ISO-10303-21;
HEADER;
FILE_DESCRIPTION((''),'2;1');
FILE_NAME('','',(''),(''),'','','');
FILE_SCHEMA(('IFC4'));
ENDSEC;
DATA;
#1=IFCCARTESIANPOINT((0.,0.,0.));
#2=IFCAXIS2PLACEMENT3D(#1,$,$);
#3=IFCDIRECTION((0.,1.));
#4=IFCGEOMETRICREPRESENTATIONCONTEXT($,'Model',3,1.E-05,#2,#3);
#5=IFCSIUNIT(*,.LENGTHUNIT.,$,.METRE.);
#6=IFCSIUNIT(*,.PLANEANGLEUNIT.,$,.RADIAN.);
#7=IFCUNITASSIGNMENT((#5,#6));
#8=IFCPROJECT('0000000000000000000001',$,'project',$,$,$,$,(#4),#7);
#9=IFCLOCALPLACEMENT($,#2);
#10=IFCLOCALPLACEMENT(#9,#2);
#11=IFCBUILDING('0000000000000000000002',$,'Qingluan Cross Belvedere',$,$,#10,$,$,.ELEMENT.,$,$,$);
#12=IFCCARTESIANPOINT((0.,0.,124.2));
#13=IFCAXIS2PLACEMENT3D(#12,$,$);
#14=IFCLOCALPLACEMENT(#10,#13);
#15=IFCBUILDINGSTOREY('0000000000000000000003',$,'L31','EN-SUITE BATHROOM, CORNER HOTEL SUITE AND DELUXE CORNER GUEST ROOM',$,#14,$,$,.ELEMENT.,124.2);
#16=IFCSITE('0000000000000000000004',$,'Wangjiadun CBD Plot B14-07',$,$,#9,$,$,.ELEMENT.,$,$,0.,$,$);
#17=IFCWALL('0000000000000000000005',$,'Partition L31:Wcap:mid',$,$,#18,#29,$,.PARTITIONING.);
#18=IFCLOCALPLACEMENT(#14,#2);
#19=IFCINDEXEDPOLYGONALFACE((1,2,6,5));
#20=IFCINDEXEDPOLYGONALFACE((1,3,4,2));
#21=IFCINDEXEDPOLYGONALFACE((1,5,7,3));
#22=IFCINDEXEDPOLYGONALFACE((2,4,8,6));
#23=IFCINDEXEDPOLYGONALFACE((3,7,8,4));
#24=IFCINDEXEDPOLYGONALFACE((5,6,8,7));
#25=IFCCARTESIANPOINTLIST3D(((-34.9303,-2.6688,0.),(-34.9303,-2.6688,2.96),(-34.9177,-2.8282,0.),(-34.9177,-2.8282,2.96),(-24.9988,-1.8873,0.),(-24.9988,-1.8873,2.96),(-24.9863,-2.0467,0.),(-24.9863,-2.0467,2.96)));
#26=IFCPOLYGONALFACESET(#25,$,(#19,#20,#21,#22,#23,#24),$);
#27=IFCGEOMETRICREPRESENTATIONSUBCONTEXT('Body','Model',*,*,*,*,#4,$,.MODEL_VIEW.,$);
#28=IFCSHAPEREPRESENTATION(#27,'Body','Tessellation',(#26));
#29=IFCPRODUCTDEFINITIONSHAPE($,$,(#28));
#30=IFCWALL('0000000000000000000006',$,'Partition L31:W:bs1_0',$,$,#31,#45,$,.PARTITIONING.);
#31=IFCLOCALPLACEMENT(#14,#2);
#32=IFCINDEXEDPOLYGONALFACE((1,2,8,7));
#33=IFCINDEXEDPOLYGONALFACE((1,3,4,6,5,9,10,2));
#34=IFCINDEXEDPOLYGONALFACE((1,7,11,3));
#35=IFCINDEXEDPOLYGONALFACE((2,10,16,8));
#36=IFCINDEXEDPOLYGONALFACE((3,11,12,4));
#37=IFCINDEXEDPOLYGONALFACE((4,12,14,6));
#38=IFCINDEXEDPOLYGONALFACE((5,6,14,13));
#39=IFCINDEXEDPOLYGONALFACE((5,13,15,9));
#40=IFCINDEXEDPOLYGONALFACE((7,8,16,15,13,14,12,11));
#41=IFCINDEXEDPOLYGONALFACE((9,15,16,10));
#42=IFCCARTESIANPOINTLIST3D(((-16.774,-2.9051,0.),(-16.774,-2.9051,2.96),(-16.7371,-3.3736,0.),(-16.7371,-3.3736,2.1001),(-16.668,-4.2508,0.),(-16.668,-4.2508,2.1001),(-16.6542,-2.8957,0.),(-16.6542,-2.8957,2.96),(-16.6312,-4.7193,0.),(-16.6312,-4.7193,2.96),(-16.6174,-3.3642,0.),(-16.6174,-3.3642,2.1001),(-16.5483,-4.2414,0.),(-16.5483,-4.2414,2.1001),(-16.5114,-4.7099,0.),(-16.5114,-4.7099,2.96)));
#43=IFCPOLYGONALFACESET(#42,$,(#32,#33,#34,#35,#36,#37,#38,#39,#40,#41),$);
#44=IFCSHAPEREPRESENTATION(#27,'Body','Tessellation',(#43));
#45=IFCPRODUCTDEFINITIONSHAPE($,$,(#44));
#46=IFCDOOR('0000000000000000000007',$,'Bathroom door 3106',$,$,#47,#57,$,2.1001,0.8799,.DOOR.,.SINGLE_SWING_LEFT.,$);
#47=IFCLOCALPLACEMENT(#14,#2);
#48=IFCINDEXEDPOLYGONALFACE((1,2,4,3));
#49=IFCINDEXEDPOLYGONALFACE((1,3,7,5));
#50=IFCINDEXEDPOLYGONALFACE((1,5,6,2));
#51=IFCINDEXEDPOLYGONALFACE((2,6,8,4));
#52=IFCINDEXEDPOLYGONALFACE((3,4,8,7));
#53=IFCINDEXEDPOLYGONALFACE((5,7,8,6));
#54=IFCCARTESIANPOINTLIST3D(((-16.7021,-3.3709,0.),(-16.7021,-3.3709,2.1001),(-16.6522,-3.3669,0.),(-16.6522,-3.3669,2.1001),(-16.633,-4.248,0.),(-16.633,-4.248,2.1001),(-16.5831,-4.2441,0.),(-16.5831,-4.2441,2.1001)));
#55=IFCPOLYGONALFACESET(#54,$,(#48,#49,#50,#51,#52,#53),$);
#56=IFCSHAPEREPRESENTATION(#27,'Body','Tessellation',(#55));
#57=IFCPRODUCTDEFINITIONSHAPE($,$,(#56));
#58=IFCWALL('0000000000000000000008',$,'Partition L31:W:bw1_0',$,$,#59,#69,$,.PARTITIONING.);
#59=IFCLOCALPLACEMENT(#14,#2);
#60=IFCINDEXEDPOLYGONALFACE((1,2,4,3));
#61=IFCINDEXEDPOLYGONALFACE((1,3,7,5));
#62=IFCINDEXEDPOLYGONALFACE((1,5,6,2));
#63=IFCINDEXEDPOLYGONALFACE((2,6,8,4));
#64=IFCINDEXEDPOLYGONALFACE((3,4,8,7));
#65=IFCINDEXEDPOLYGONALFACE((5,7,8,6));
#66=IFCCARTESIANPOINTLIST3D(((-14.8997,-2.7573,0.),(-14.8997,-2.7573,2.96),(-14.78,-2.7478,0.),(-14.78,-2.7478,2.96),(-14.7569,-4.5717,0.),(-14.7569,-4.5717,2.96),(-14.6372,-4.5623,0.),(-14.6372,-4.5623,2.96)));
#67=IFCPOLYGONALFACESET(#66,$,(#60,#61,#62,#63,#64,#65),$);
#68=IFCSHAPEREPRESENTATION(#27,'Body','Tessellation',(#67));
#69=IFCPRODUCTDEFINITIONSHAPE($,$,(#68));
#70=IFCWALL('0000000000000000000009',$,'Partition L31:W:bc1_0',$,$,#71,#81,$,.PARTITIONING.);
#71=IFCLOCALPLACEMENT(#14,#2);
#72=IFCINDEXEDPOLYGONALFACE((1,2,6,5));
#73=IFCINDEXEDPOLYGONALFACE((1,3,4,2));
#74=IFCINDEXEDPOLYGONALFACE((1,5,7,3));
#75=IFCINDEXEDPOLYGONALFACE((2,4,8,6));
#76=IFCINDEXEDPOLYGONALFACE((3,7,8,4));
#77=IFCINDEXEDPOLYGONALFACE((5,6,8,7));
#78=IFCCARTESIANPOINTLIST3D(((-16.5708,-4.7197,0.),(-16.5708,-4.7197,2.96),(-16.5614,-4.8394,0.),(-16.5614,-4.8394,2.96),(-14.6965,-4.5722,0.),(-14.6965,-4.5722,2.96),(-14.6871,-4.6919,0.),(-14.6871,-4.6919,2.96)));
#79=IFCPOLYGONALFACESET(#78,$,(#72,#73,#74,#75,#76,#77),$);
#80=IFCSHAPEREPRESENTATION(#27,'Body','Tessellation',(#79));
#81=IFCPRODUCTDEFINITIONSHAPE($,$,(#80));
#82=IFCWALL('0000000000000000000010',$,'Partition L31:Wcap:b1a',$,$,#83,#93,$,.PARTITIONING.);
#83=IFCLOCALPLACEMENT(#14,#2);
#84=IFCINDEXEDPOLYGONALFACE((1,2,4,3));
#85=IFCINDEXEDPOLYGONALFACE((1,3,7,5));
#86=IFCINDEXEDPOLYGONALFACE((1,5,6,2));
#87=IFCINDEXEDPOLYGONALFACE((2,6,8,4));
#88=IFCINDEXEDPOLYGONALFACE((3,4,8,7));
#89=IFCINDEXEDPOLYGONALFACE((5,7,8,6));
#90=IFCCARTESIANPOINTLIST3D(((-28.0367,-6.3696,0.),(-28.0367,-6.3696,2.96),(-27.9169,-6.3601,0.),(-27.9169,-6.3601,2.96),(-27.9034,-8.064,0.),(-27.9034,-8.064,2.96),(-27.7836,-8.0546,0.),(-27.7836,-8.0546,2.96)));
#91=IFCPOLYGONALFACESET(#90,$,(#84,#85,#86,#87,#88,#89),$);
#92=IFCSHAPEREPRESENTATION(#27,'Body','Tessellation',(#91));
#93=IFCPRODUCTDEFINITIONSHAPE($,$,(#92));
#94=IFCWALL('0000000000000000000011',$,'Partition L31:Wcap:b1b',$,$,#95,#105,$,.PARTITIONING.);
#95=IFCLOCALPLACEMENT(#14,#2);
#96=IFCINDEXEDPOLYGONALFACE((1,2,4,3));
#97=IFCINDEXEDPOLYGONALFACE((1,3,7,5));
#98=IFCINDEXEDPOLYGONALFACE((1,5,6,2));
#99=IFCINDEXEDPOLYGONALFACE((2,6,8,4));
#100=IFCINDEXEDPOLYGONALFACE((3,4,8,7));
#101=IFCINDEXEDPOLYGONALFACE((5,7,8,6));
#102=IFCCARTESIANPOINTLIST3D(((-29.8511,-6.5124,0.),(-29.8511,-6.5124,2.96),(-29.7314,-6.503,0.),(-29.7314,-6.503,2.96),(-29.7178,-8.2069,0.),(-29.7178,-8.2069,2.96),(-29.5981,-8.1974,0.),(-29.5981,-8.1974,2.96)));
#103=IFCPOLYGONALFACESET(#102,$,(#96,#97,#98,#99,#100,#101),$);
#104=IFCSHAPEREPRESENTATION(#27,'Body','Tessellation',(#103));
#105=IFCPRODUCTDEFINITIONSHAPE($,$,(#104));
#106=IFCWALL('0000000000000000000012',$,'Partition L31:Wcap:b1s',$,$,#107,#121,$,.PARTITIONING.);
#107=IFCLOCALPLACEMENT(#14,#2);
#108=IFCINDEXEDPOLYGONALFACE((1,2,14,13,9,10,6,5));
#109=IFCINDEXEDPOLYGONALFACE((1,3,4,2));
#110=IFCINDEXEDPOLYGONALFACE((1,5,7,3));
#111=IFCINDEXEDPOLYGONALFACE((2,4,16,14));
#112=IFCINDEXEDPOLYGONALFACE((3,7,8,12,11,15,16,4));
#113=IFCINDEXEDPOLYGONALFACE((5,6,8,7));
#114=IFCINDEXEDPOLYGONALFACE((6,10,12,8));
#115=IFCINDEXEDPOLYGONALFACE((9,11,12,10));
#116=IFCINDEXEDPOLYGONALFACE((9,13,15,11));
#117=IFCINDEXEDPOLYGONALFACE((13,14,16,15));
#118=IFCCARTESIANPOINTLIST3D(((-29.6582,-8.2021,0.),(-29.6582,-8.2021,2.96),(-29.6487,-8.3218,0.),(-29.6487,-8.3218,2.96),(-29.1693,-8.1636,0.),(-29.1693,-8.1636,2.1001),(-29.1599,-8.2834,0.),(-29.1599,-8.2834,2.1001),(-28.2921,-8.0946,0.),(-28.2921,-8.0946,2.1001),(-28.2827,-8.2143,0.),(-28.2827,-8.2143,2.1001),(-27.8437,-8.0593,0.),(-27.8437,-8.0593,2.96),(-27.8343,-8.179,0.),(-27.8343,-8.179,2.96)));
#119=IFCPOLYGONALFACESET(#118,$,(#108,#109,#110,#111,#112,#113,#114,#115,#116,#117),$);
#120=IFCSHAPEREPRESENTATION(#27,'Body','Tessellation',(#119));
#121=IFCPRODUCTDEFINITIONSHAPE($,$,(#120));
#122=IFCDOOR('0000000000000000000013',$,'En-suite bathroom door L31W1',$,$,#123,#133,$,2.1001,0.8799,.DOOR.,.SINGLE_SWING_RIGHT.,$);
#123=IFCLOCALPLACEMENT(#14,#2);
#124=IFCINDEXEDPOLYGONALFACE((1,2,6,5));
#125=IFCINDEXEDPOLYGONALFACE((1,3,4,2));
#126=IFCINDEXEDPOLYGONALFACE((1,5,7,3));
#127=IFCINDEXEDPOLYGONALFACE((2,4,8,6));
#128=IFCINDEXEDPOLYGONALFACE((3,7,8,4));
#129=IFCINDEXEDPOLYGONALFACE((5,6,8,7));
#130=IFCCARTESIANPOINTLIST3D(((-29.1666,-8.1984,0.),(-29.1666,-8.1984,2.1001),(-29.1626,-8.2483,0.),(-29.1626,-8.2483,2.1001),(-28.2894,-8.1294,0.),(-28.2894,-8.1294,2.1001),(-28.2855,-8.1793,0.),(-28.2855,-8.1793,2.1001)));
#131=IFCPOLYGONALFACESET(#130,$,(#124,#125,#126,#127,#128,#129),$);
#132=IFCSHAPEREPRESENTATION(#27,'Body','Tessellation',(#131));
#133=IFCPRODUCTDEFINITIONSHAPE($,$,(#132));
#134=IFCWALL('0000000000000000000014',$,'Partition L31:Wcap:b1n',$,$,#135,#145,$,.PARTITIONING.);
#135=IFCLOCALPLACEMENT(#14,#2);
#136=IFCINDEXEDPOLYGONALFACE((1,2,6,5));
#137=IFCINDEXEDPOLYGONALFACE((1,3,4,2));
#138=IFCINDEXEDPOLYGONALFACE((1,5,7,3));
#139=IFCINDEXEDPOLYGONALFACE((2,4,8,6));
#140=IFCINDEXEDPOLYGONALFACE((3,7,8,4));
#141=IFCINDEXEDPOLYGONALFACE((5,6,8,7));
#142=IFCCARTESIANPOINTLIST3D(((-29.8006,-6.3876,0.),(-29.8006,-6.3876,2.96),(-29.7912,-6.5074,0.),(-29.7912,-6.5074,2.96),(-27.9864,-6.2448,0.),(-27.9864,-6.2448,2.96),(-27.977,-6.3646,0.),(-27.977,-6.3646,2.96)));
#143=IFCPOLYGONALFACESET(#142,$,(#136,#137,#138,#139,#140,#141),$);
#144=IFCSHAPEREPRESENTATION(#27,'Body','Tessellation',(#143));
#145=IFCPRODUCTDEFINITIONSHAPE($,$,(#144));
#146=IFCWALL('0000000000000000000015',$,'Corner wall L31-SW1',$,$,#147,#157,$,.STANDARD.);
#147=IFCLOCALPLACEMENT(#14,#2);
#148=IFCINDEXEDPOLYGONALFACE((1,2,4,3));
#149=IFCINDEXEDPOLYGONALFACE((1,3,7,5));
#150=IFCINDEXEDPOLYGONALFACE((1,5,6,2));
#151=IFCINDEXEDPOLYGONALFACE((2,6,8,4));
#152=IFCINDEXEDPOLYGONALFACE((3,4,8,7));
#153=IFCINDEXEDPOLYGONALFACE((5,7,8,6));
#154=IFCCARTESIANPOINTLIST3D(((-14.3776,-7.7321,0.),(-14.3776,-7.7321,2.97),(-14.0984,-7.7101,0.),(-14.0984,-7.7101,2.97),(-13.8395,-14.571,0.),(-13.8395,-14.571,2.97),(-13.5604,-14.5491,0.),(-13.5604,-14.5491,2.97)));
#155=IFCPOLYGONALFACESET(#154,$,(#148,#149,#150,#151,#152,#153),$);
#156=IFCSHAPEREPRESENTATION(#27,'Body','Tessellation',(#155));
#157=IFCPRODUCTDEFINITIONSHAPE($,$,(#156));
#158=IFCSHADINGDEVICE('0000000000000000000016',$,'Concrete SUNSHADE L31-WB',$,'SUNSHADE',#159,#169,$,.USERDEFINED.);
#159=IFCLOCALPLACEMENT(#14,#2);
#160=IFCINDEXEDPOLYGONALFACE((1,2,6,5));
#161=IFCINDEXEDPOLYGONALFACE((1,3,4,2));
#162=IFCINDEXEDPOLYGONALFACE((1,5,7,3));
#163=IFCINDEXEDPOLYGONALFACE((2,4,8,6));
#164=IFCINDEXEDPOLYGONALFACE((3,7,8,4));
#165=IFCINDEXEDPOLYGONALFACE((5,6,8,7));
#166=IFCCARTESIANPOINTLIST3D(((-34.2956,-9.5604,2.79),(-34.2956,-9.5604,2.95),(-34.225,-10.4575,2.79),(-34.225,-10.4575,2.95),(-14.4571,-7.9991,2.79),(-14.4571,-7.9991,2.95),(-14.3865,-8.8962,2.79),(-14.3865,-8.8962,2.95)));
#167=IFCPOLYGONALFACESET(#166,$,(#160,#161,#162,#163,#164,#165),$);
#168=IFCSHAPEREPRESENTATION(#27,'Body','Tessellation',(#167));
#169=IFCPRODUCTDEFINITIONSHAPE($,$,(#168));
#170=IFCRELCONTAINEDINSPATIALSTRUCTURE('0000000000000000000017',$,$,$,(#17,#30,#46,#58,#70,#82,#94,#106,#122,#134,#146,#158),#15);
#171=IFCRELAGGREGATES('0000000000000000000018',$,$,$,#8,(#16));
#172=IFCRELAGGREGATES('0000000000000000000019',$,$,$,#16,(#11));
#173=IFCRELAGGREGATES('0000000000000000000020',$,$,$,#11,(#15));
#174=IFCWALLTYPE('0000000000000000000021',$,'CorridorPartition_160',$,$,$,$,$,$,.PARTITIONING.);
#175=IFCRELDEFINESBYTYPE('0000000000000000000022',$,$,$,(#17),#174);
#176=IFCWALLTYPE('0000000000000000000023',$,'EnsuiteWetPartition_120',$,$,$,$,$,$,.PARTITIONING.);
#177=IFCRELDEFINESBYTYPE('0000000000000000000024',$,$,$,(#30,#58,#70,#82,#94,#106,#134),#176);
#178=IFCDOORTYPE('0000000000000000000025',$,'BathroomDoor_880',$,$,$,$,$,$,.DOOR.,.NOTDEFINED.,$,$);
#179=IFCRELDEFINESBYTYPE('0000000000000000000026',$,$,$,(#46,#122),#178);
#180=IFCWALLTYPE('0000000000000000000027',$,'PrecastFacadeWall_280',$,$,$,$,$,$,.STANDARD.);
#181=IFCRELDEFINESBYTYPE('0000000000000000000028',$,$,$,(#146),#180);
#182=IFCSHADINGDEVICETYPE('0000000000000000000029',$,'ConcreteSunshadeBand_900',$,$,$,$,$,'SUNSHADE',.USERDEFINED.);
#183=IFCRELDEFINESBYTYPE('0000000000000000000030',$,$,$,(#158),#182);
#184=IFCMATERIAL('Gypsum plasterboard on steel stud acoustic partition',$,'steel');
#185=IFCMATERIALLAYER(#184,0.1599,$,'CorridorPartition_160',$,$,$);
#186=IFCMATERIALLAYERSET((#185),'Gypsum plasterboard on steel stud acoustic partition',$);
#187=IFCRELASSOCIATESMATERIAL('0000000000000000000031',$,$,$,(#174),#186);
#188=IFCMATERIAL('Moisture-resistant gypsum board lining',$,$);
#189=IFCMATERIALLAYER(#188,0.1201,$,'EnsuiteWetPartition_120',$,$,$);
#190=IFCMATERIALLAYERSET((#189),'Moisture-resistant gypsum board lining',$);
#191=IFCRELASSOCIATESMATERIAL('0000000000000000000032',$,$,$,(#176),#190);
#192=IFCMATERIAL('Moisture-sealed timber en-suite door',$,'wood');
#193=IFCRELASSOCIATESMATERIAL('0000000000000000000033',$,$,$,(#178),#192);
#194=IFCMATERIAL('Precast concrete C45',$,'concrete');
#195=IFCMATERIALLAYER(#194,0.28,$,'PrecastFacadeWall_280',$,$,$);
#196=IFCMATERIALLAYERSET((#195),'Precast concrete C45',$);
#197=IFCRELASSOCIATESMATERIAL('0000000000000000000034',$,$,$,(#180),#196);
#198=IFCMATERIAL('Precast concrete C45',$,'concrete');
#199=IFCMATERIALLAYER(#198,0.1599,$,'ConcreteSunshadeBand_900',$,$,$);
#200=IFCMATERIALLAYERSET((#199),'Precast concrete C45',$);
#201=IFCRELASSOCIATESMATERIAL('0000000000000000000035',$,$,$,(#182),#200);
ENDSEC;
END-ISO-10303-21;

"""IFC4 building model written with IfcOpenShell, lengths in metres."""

from ifc_helpers import new_model, si_unit, direction, frame, frame_2d, origin, origin_2d, place, context, subcontext, project, spatial, rectangle, extrude, material, layer, layer_set, type_object, element, fill, save


model = new_model("IFC4")

# Units and contexts
model_context = context("Model", 3, precision=1e-05, world=origin(), true_north=direction((0.0, 1.0)))
body_context = subcontext(model_context, "Body", "Model", "MODEL_VIEW")
ifc_project = project(units=[si_unit("LENGTHUNIT", "METRE"), si_unit("PLANEANGLEUNIT", "RADIAN")], contexts=[model_context])

# Site, building, storey
site_placement = place(None, origin())
site = spatial("IfcSite", under=ifc_project, at=site_placement, Name="Wangjiadun CBD Plot B14-07", CompositionType="ELEMENT", RefElevation=0.0)
building_placement = place(site_placement, origin())
building = spatial("IfcBuilding", under=site, at=building_placement, Name="Qingluan Cross Belvedere", CompositionType="ELEMENT")
storey_placement = place(building_placement, frame((0.0, 0.0, 124.2)))
storey = spatial("IfcBuildingStorey", under=building, at=storey_placement, Name="L31", Description="EN-SUITE BATHROOM, CORNER HOTEL SUITE AND DELUXE CORNER GUEST ROOM", CompositionType="ELEMENT", Elevation=124.2)

# Shared definitions
ifc_material_1 = material(Name="Gypsum plasterboard on steel stud acoustic partition", Category="steel")
ifc_layer_1 = layer(ifc_material_1, 0.1599, Name="CorridorPartition_160")
ifc_layer_set_1 = layer_set([ifc_layer_1], Name="Gypsum plasterboard on steel stud acoustic partition")
wall_type_1 = type_object("IfcWallType", Name="CorridorPartition_160", PredefinedType="PARTITIONING", material=ifc_layer_set_1)

# Wall
wall_1_placement = place(storey_placement, frame((-24.9927, -1.967, 0.0), z_axis=(0.0, 0.0, 1.0), x_axis=(-0.996918, -0.078447, 0.0)))
element("IfcWall", 1, at=wall_1_placement, inside=storey, type_object=wall_type_1, Name="Partition L31:Wcap:mid", PredefinedType="PARTITIONING", context=body_context, shape_type="SweptSolid", body=[
    extrude(rectangle(XDim=9.9622, YDim=0.1599, at=frame_2d((4.981, 0.0))), origin(), (0.0, 0.0, 1.0), 2.96),
])

# Wall, opening, door
ifc_material_2 = material(Name="Moisture-resistant gypsum board lining")
ifc_layer_2 = layer(ifc_material_2, 0.1201, Name="EnsuiteWetPartition_120")
ifc_layer_set_2 = layer_set([ifc_layer_2], Name="Moisture-resistant gypsum board lining")
wall_type_2 = type_object("IfcWallType", Name="EnsuiteWetPartition_120", PredefinedType="PARTITIONING", material=ifc_layer_set_2)
wall_2_placement = place(storey_placement, frame((-16.5713, -4.7146, 0.0), z_axis=(0.0, 0.0, 1.0), x_axis=(-0.078481, 0.996916, 0.0)))
wall_2 = element("IfcWall", 2, at=wall_2_placement, inside=storey, type_object=wall_type_2, Name="Partition L31:W:bs1_0", PredefinedType="PARTITIONING", context=body_context, shape_type="SweptSolid", body=[
    extrude(rectangle(XDim=1.8198, YDim=0.1201, at=frame_2d((0.9099, 0.0))), origin(), (0.0, 0.0, 1.0), 2.96),
])
opening_1_placement = place(wall_2_placement, frame((0.47, 0.0, 0.0)))
opening_1 = element("IfcOpeningElement", 3, at=opening_1_placement, cuts=wall_2, PredefinedType="OPENING", context=body_context, shape_type="SweptSolid", body=[
    extrude(rectangle(XDim=0.8799, YDim=2.1001, at=frame_2d((0.4399, 1.05))), frame((0.0, 0.0701, 0.0), z_axis=(0.0, -1.0, 0.0), x_axis=(1.0, 0.0, 0.0)), (0.0, 0.0, 1.0), 0.1401),
])
ifc_material_3 = material(Name="Moisture-sealed timber en-suite door", Category="wood")
door_type_1 = type_object("IfcDoorType", Name="BathroomDoor_880", OperationType="NOTDEFINED", PredefinedType="DOOR", material=ifc_material_3)
door_1_placement = place(opening_1_placement, origin())
door_1 = element("IfcDoor", 4, at=door_1_placement, inside=storey, type_object=door_type_1, Name="Bathroom door 3106", OperationType="SINGLE_SWING_LEFT", OverallHeight=2.1001, OverallWidth=0.8799, PredefinedType="DOOR", context=body_context, shape_type="SweptSolid", body=[
    extrude(rectangle(XDim=0.8799, YDim=2.1001, at=frame_2d((0.4399, 1.05))), frame((0.0, 0.0249, 0.0), z_axis=(0.0, -1.0, 0.0), x_axis=(1.0, 0.0, 0.0)), (0.0, 0.0, 1.0), 0.05),
])
fill(opening_1, door_1)

# Walls
wall_3_placement = place(storey_placement, frame((-14.697, -4.5671, 0.0), z_axis=(0.0, 0.0, 1.0), x_axis=(-0.078471, 0.996916, 0.0)))
element("IfcWall", 5, at=wall_3_placement, inside=storey, type_object=wall_type_2, Name="Partition L31:W:bw1_0", PredefinedType="PARTITIONING", context=body_context, shape_type="SweptSolid", body=[
    extrude(rectangle(XDim=1.8201, YDim=0.1201, at=frame_2d((0.9102, 0.0))), origin(), (0.0, 0.0, 1.0), 2.96),
])
wall_4_placement = place(storey_placement, frame((-14.6919, -4.6321, 0.0), z_axis=(0.0, 0.0, 1.0), x_axis=(-0.996919, -0.078434, 0.0)))
element("IfcWall", 6, at=wall_4_placement, inside=storey, type_object=wall_type_2, Name="Partition L31:W:bc1_0", PredefinedType="PARTITIONING", context=body_context, shape_type="SweptSolid", body=[
    extrude(rectangle(XDim=1.8801, YDim=0.1201, at=frame_2d((0.9399, 0.0))), origin(), (0.0, 0.0, 1.0), 2.96),
])
for number, where, z_axis, x_axis, name in (
    (7, (-27.8435, -8.0593, 0.0), (0.0, 0.0, 1.0), (-0.078421, 0.99692, 0.0), "Partition L31:Wcap:b1a"),
    (8, (-29.658, -8.2021, 0.0), (0.0, 0.0, 1.0), (-0.078421, 0.99692, 0.0), "Partition L31:Wcap:b1b"),
):
    element("IfcWall", number, at=place(storey_placement, frame(where, z_axis=z_axis, x_axis=x_axis)), inside=storey, type_object=wall_type_2, Name=name, PredefinedType="PARTITIONING", context=body_context, shape_type="SweptSolid", body=[
        extrude(rectangle(XDim=1.6997, YDim=0.1201, at=frame_2d((0.8499, 0.0))), origin(), (0.0, 0.0, 1.0), 2.96),
    ])

# Wall, opening, door
wall_5_placement = place(storey_placement, frame((-27.8389, -8.1191, 0.0), z_axis=(0.0, 0.0, 1.0), x_axis=(-0.996916, -0.078471, 0.0)))
wall_5 = element("IfcWall", 9, at=wall_5_placement, inside=storey, type_object=wall_type_2, Name="Partition L31:Wcap:b1s", PredefinedType="PARTITIONING", context=body_context, shape_type="SweptSolid", body=[
    extrude(rectangle(XDim=1.8201, YDim=0.1201, at=frame_2d((0.9102, 0.0))), origin(), (0.0, 0.0, 1.0), 2.96),
])
opening_2_placement = place(wall_5_placement, frame((0.45, 0.0, 0.0)))
opening_2 = element("IfcOpeningElement", 10, at=opening_2_placement, cuts=wall_5, PredefinedType="OPENING", context=body_context, shape_type="SweptSolid", body=[
    extrude(rectangle(XDim=0.8799, YDim=2.1001, at=frame_2d((0.4399, 1.05))), frame((0.0, 0.0701, 0.0), z_axis=(0.0, -1.0, 0.0), x_axis=(1.0, 0.0, 0.0)), (0.0, 0.0, 1.0), 0.1401),
])
door_2_placement = place(opening_2_placement, origin())
door_2 = element("IfcDoor", 11, at=door_2_placement, inside=storey, type_object=door_type_1, Name="En-suite bathroom door L31W1", OperationType="SINGLE_SWING_RIGHT", OverallHeight=2.1001, OverallWidth=0.8799, PredefinedType="DOOR", context=body_context, shape_type="SweptSolid", body=[
    extrude(rectangle(XDim=0.8799, YDim=2.1001, at=frame_2d((0.4399, 1.05))), frame((0.0, 0.0249, 0.0), z_axis=(0.0, -1.0, 0.0), x_axis=(1.0, 0.0, 0.0)), (0.0, 0.0, 1.0), 0.05),
])
fill(opening_2, door_2)

# Walls
wall_6_placement = place(storey_placement, frame((-27.9817, -6.3047, 0.0), z_axis=(0.0, 0.0, 1.0), x_axis=(-0.996916, -0.078481, 0.0)))
element("IfcWall", 12, at=wall_6_placement, inside=storey, type_object=wall_type_2, Name="Partition L31:Wcap:b1n", PredefinedType="PARTITIONING", context=body_context, shape_type="SweptSolid", body=[
    extrude(rectangle(XDim=1.8198, YDim=0.1201, at=frame_2d((0.9099, 0.0))), origin(), (0.0, 0.0, 1.0), 2.96),
])
ifc_material_4 = material(Name="Precast concrete C45", Category="concrete")
ifc_layer_3 = layer(ifc_material_4, 0.28, Name="PrecastFacadeWall_280")
ifc_layer_set_3 = layer_set([ifc_layer_3], Name="Precast concrete C45")
wall_type_3 = type_object("IfcWallType", Name="PrecastFacadeWall_280", PredefinedType="STANDARD", material=ifc_layer_set_3)
wall_7_placement = place(storey_placement, frame((-14.238, -7.7209, 0.0), z_axis=(0.0, 0.0, 1.0), x_axis=(0.078438, -0.996919, 0.0)))
element("IfcWall", 13, at=wall_7_placement, inside=storey, type_object=wall_type_3, Name="Corner wall L31-SW1", PredefinedType="STANDARD", context=body_context, shape_type="SweptSolid", body=[
    extrude(rectangle(XDim=6.8601, YDim=0.28, at=frame_2d((3.4302, 0.0))), origin(), (0.0, 0.0, 1.0), 2.97),
])

# Shading device
ifc_material_5 = material(Name="Precast concrete C45", Category="concrete")
ifc_layer_4 = layer(ifc_material_5, 0.1599, Name="ConcreteSunshadeBand_900")
ifc_layer_set_4 = layer_set([ifc_layer_4], Name="Precast concrete C45")
shading_device_type = type_object("IfcShadingDeviceType", Name="ConcreteSunshadeBand_900", ElementType="SUNSHADE", PredefinedType="USERDEFINED", material=ifc_layer_set_4)
shading_device_placement = place(storey_placement, frame((-24.3411, -9.2283, 2.79), z_axis=(0.0, 0.0, 1.0), x_axis=(0.996917, 0.078458, 0.0)))
element("IfcShadingDevice", 14, at=shading_device_placement, inside=storey, type_object=shading_device_type, Name="Concrete SUNSHADE L31-WB", ObjectType="SUNSHADE", PredefinedType="USERDEFINED", context=body_context, shape_type="SweptSolid", body=[
    extrude(rectangle(XDim=19.8999, YDim=0.8999, at=origin_2d()), origin(), (0.0, 0.0, 1.0), 0.1599),
])

save(model, "model.ifc")
